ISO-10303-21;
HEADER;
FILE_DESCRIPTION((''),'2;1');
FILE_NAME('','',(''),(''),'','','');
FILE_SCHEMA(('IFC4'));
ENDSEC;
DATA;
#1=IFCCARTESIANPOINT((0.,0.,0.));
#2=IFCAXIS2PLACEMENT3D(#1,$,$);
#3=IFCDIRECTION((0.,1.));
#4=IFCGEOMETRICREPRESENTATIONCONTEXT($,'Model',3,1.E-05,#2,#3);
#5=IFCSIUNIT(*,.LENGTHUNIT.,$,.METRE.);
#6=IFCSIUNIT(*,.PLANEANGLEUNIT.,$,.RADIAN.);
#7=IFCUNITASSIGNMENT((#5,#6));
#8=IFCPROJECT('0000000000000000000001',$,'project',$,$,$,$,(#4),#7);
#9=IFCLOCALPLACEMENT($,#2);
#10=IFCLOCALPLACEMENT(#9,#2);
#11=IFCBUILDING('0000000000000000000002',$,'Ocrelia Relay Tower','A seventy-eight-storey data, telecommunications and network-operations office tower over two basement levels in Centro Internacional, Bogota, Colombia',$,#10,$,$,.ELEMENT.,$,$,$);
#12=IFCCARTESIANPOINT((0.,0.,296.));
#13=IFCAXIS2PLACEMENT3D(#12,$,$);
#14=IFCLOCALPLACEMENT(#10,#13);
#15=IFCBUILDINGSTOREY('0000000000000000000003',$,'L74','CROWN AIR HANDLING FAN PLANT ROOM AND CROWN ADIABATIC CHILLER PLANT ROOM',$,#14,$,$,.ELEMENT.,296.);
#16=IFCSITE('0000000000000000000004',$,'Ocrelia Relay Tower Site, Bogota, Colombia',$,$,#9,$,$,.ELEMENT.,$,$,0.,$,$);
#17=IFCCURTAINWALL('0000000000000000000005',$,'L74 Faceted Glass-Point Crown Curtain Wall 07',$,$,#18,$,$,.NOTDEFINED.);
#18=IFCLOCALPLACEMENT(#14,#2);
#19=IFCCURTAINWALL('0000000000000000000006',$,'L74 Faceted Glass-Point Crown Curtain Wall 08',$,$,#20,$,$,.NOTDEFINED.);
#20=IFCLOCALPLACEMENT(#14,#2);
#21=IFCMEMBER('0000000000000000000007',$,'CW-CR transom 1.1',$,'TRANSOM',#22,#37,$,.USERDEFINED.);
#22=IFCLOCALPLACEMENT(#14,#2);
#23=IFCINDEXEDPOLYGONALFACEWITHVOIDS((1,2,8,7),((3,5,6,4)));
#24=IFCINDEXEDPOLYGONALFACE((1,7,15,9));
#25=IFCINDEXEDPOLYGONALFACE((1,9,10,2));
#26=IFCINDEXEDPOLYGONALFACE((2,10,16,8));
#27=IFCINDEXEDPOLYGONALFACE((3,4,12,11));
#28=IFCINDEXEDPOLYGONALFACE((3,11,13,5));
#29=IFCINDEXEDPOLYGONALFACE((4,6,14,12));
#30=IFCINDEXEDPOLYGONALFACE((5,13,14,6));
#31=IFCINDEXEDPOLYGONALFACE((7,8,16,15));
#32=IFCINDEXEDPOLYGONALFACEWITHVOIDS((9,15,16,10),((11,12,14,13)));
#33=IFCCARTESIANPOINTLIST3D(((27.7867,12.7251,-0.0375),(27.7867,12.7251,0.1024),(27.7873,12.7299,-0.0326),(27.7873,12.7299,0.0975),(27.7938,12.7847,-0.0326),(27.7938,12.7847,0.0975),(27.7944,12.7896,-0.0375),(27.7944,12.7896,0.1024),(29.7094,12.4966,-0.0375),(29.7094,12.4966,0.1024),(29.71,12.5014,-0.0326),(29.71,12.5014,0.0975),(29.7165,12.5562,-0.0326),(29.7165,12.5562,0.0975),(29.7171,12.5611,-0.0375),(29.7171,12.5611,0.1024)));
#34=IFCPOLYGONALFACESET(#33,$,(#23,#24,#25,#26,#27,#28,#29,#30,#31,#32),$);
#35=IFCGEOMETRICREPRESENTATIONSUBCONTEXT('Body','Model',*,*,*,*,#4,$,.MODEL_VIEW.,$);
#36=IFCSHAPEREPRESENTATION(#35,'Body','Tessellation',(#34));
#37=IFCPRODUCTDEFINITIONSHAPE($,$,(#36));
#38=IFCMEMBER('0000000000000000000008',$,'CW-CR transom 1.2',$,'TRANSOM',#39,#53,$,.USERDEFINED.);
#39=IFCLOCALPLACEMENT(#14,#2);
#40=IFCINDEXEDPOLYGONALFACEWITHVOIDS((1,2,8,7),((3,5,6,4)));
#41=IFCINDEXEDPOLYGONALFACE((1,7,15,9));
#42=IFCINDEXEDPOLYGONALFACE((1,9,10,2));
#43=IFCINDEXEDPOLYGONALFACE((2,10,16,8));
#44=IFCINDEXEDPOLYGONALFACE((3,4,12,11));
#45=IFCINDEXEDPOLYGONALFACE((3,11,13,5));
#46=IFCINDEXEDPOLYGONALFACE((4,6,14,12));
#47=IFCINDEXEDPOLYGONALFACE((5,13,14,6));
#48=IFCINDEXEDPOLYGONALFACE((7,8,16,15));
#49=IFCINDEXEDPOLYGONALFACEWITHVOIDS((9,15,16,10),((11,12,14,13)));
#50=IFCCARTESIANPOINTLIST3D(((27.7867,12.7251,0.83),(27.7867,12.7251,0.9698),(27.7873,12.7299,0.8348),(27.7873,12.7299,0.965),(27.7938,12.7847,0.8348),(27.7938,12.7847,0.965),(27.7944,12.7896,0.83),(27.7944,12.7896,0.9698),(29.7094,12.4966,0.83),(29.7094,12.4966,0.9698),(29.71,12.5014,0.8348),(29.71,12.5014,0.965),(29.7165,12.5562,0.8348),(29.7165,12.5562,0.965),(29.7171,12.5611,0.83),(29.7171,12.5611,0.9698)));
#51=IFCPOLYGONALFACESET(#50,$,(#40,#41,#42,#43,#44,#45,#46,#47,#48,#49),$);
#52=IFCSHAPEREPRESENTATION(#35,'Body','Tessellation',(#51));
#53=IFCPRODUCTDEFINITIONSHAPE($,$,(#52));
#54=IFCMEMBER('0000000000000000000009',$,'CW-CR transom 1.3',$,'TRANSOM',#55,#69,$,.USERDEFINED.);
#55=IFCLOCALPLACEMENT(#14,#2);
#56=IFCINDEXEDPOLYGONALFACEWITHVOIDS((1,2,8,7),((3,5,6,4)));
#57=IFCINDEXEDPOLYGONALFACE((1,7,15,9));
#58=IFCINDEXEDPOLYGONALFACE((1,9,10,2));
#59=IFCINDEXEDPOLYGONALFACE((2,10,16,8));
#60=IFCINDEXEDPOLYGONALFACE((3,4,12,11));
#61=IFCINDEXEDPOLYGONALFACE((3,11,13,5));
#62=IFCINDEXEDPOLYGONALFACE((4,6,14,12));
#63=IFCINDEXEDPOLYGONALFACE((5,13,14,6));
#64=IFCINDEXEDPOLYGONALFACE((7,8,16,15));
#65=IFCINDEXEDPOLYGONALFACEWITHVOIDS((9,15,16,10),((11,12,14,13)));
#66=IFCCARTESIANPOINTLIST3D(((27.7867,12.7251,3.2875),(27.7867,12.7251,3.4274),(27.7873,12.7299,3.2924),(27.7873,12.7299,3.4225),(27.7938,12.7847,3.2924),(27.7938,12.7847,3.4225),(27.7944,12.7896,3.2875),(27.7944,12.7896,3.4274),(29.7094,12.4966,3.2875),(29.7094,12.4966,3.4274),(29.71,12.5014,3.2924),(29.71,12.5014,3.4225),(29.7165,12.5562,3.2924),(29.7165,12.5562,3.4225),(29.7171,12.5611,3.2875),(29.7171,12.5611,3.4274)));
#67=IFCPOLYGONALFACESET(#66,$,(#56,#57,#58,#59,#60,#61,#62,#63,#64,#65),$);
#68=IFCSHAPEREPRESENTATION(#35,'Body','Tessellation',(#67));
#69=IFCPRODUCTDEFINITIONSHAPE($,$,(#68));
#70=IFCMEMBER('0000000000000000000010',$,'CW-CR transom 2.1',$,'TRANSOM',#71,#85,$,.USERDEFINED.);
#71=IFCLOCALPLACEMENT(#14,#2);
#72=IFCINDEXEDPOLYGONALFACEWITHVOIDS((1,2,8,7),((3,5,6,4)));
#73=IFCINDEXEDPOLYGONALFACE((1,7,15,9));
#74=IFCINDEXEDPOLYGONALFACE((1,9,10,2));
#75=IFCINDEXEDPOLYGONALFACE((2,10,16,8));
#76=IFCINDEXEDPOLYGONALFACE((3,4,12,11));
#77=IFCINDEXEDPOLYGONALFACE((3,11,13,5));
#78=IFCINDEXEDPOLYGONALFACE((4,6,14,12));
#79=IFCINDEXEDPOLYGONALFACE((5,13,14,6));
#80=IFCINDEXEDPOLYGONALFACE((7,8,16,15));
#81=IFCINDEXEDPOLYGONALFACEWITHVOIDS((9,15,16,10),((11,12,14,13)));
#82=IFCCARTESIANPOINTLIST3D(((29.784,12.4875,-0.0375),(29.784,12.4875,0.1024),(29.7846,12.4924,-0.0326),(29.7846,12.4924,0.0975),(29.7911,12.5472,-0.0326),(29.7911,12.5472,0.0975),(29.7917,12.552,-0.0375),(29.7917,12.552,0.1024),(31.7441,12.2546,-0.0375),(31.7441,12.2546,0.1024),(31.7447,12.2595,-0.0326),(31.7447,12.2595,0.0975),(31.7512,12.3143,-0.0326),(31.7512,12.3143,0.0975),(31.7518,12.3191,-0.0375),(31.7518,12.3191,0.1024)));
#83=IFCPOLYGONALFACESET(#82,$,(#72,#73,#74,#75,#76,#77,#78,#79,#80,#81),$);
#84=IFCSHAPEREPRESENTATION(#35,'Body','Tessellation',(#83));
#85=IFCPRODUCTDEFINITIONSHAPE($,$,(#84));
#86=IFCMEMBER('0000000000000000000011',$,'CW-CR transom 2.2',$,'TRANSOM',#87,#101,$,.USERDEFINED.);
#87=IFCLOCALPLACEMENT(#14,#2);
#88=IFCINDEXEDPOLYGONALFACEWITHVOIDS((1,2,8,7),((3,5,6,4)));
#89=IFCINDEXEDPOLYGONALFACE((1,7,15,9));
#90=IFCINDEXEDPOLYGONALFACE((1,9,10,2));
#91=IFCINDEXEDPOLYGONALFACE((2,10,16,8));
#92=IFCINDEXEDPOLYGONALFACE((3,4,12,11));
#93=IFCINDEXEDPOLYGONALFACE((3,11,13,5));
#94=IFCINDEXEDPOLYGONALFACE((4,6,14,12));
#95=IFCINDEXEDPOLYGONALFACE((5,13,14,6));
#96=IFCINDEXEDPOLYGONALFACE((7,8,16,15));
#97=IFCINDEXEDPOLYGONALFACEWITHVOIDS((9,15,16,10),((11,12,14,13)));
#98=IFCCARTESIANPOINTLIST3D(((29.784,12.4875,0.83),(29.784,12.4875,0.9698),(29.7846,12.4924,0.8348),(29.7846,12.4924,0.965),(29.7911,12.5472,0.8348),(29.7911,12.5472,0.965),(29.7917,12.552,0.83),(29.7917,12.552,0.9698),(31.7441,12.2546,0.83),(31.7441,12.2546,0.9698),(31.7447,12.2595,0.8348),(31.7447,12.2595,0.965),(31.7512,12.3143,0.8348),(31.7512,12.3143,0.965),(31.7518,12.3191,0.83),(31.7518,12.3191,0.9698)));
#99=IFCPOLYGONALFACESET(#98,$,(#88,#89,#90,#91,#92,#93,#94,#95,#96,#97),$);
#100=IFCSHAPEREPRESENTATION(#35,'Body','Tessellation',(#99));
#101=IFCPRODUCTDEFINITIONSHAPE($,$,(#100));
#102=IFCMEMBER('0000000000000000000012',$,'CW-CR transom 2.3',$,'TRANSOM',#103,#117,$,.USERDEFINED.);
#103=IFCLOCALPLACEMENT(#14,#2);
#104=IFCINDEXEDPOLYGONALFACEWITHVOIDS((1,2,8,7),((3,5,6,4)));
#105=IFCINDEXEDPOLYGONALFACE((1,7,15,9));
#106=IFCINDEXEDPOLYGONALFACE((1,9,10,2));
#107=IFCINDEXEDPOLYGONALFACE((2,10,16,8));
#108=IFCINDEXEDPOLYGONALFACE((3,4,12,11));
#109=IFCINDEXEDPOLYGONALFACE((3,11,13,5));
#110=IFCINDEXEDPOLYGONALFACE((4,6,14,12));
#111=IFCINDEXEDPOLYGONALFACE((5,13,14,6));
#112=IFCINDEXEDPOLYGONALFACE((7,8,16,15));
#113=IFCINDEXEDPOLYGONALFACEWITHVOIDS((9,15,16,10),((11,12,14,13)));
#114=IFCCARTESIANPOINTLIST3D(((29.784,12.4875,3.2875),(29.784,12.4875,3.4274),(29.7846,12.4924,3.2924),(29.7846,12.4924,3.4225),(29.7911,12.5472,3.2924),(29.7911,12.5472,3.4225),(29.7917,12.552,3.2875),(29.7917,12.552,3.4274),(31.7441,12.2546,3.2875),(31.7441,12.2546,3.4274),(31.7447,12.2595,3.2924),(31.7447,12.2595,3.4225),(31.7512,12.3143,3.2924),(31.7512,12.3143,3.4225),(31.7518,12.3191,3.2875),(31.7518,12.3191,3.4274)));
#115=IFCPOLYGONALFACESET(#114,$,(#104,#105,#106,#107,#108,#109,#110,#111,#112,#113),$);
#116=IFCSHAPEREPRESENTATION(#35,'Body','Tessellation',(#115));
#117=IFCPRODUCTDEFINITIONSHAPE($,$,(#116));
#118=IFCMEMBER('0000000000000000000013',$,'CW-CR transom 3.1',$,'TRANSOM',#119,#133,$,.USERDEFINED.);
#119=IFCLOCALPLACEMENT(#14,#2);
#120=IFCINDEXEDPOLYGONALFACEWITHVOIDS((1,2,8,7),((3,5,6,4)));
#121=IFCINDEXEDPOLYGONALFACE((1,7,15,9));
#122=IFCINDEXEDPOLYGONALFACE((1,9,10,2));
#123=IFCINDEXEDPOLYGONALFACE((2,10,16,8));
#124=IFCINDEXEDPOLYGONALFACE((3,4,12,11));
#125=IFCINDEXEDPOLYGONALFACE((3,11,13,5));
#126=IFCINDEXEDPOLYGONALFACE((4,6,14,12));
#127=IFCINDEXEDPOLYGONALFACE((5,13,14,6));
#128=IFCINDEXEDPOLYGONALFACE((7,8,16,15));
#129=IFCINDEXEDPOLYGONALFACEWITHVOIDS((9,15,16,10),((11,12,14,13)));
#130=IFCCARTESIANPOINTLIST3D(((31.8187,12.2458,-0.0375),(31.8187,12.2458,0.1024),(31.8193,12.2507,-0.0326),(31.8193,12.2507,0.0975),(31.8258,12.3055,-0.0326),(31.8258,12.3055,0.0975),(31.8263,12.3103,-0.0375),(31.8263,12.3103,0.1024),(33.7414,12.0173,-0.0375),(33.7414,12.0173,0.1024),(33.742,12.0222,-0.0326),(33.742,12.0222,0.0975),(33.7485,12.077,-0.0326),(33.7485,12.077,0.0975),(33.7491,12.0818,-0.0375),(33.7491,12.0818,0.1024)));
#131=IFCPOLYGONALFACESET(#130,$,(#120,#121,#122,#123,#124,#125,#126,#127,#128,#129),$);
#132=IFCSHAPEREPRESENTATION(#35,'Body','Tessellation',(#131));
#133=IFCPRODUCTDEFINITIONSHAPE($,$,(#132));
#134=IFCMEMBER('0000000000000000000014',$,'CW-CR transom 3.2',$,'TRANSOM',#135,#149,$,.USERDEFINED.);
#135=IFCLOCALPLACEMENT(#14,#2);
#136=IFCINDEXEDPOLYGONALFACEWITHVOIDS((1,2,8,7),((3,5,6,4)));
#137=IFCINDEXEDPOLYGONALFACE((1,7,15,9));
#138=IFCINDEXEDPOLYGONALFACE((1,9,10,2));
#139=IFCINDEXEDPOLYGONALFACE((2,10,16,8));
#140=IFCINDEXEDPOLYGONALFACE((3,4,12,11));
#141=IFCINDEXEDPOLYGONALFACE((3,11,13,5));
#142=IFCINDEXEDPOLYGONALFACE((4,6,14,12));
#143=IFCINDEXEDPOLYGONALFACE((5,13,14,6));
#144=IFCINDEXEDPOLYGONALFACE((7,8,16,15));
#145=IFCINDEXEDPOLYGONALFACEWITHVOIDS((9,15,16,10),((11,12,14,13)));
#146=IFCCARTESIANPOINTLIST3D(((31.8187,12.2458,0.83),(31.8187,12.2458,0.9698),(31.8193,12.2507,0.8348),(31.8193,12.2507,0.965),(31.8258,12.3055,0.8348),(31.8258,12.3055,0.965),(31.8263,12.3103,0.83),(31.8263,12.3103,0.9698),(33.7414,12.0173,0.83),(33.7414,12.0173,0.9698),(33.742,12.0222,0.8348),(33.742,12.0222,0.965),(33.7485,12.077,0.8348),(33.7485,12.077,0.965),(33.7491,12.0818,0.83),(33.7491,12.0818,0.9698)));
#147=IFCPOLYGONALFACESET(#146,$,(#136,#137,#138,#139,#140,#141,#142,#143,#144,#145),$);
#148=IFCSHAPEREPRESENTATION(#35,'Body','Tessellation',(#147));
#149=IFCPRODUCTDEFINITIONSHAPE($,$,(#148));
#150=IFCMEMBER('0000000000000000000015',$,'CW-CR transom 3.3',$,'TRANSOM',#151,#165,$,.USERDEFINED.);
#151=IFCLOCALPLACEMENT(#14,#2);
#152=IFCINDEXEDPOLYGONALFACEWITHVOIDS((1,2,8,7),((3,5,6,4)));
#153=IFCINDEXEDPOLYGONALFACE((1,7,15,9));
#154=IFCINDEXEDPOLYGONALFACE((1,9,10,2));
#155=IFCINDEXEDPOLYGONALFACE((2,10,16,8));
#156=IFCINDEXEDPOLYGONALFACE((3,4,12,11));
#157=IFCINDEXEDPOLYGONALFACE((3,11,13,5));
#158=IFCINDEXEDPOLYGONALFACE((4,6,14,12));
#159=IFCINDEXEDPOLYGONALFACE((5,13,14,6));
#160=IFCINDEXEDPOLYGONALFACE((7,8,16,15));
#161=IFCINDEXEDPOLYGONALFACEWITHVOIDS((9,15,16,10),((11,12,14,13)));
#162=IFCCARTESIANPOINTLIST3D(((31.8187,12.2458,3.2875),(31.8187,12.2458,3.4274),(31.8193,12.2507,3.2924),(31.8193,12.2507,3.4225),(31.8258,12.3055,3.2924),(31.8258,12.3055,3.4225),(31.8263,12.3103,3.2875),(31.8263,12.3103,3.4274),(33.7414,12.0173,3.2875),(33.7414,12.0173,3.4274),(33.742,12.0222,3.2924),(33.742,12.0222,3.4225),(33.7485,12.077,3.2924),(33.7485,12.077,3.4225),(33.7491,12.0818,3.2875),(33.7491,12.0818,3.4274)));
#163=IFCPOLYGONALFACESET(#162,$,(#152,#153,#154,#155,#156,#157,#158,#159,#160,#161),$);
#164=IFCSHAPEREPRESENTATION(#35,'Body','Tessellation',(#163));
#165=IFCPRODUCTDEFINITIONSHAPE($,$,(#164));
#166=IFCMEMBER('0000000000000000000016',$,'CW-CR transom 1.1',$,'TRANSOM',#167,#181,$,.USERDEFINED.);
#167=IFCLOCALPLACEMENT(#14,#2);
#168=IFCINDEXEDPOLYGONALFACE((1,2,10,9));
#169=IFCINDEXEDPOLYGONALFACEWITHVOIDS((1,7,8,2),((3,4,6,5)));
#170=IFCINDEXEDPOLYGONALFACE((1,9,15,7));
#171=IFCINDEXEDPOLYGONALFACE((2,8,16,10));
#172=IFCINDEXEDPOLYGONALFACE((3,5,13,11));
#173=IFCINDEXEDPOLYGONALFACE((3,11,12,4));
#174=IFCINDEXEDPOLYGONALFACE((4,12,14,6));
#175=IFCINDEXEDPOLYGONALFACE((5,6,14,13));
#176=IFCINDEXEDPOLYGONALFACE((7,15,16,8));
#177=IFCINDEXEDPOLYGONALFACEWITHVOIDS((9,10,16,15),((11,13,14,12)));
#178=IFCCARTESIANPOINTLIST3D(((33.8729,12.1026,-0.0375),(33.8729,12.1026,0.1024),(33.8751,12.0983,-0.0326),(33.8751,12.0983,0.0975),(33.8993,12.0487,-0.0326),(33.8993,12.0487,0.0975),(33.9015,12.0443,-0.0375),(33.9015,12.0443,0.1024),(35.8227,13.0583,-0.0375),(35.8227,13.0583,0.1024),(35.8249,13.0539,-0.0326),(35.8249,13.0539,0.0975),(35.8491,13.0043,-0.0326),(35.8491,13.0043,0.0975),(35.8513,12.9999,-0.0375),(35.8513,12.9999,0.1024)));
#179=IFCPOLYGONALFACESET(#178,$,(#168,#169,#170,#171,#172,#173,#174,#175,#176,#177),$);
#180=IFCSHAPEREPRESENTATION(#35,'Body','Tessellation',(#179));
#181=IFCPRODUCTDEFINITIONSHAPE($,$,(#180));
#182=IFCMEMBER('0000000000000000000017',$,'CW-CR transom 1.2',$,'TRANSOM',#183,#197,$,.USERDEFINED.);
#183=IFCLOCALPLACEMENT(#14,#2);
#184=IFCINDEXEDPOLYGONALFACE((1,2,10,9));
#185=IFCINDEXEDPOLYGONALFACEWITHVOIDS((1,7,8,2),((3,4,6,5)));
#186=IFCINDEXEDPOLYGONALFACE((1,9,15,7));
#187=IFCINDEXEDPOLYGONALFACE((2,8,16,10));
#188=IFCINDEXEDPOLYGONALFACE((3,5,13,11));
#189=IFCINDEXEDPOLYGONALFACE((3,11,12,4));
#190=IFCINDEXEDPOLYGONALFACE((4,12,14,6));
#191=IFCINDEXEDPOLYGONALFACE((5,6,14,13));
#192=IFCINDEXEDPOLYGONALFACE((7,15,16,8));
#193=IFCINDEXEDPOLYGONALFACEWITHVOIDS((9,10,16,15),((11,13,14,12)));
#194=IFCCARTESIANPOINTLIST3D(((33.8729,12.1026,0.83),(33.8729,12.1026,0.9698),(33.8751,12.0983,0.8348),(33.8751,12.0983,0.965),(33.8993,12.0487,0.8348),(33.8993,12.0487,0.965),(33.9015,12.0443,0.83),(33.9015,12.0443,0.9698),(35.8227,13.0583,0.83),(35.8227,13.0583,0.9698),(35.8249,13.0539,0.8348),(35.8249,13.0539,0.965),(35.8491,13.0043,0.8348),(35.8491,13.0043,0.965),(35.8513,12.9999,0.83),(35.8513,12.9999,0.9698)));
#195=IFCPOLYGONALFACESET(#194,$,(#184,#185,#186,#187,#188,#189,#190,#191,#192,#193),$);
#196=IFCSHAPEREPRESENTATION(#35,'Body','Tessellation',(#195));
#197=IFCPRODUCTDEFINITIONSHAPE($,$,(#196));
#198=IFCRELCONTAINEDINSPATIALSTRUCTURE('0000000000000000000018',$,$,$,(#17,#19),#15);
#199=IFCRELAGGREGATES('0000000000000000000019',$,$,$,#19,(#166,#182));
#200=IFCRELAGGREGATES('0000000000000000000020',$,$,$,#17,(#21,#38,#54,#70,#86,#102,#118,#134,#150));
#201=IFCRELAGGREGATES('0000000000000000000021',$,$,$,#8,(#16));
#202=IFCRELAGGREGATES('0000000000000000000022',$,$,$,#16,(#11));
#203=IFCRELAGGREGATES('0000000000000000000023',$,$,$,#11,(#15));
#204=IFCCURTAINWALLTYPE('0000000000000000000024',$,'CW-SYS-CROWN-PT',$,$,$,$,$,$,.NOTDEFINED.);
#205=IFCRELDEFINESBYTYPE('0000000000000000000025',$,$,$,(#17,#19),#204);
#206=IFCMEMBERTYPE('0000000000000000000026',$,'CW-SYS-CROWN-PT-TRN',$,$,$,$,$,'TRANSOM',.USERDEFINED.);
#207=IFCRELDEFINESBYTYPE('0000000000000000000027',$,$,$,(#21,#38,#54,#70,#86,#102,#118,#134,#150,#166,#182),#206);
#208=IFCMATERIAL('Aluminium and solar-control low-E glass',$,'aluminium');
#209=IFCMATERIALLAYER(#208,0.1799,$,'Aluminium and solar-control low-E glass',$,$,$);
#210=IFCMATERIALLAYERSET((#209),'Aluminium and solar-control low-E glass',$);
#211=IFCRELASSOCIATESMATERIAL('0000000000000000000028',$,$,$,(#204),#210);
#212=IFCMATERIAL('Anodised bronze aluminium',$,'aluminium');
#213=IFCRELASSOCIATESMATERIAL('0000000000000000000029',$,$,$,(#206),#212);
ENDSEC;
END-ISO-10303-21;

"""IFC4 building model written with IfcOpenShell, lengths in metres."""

from ifc_helpers import new_model, si_unit, direction, frame, origin, origin_2d, place, context, subcontext, project, spatial, hollow_rectangle, extrude, material, layer, layer_set, material_profile, profile_set, type_object, element, aggregate, save


model = new_model("IFC4")

# Units and contexts
model_context = context("Model", 3, precision=1e-05, world=origin(), true_north=direction((0.0, 1.0)))
body_context = subcontext(model_context, "Body", "Model", "MODEL_VIEW")
ifc_project = project(units=[si_unit("LENGTHUNIT", "METRE"), si_unit("PLANEANGLEUNIT", "RADIAN")], contexts=[model_context])

# Site, building, storey
site_placement = place(None, origin())
site = spatial("IfcSite", under=ifc_project, at=site_placement, Name="Ocrelia Relay Tower Site, Bogota, Colombia", CompositionType="ELEMENT", RefElevation=0.0)
building_placement = place(site_placement, origin())
building = spatial("IfcBuilding", under=site, at=building_placement, Name="Ocrelia Relay Tower", Description="A seventy-eight-storey data, telecommunications and network-operations office tower over two basement levels in Centro Internacional, Bogota, Colombia", CompositionType="ELEMENT")
storey_placement = place(building_placement, frame((0.0, 0.0, 296.0)))
storey = spatial("IfcBuildingStorey", under=building, at=storey_placement, Name="L74", Description="CROWN AIR HANDLING FAN PLANT ROOM AND CROWN ADIABATIC CHILLER PLANT ROOM", CompositionType="ELEMENT", Elevation=296.0)

# Curtain wall
ifc_material_1 = material(Name="Aluminium and solar-control low-E glass", Category="aluminium")
ifc_layer_1 = layer(ifc_material_1, 0.1799, Name="Aluminium and solar-control low-E glass")
ifc_layer_set_1 = layer_set([ifc_layer_1], Name="Aluminium and solar-control low-E glass")
curtain_wall_type = type_object("IfcCurtainWallType", Name="CW-SYS-CROWN-PT", PredefinedType="NOTDEFINED", material=ifc_layer_set_1)
curtain_wall_1_placement = place(storey_placement, origin())
curtain_wall_1 = element("IfcCurtainWall", 1, at=curtain_wall_1_placement, inside=storey, type_object=curtain_wall_type, Name="L74 Faceted Glass-Point Crown Curtain Wall 07", PredefinedType="NOTDEFINED")
ifc_material_2 = material(Name="Anodised bronze aluminium", Category="aluminium")

# Curtain wall
curtain_wall_2_placement = place(storey_placement, origin())
curtain_wall_2 = element("IfcCurtainWall", 2, at=curtain_wall_2_placement, inside=storey, type_object=curtain_wall_type, Name="L74 Faceted Glass-Point Crown Curtain Wall 08", PredefinedType="NOTDEFINED")

# Members
ifc_material_profile_1 = material_profile(ifc_material_2, hollow_rectangle(XDim=0.0649, YDim=0.1399, WallThickness=0.0049, at=origin_2d()), Name="CW-TRN-140x65")
ifc_profile_set_1 = profile_set([ifc_material_profile_1], Name="Anodised bronze aluminium")
member_type_1 = type_object("IfcMemberType", Name="CW-SYS-CROWN-PT-TRN", ElementType="TRANSOM", PredefinedType="USERDEFINED", material=ifc_profile_set_1)
member_1_placement = place(storey_placement, frame((27.7905, 12.7573, 0.0325), z_axis=(0.993012, -0.118012, 0.0), x_axis=(0.118012, 0.993012, 0.0)))
member_1 = element("IfcMember", 3, at=member_1_placement, type_object=member_type_1, Name="CW-CR transom 1.1", ObjectType="TRANSOM", PredefinedType="USERDEFINED", context=body_context, shape_type="SweptSolid", body=[
    extrude(hollow_rectangle(XDim=0.0649, YDim=0.1399, WallThickness=0.0049, at=origin_2d()), origin(), (0.0, 0.0, 1.0), 1.9363),
])
member_2_placement = place(storey_placement, frame((27.7905, 12.7573, 0.8999), z_axis=(0.993012, -0.118012, 0.0), x_axis=(0.118012, 0.993012, 0.0)))
member_2 = element("IfcMember", 4, at=member_2_placement, type_object=member_type_1, Name="CW-CR transom 1.2", ObjectType="TRANSOM", PredefinedType="USERDEFINED", context=body_context, shape_type="SweptSolid", body=[
    extrude(hollow_rectangle(XDim=0.0649, YDim=0.1399, WallThickness=0.0049, at=origin_2d()), origin(), (0.0, 0.0, 1.0), 1.9363),
])
member_3_placement = place(storey_placement, frame((27.7905, 12.7573, 3.3574), z_axis=(0.993012, -0.118012, 0.0), x_axis=(0.118012, 0.993012, 0.0)))
member_3 = element("IfcMember", 5, at=member_3_placement, type_object=member_type_1, Name="CW-CR transom 1.3", ObjectType="TRANSOM", PredefinedType="USERDEFINED", context=body_context, shape_type="SweptSolid", body=[
    extrude(hollow_rectangle(XDim=0.0649, YDim=0.1399, WallThickness=0.0049, at=origin_2d()), origin(), (0.0, 0.0, 1.0), 1.9363),
])
member_4_placement = place(storey_placement, frame((29.7878, 12.5198, 0.0325), z_axis=(0.993015, -0.117989, 0.0), x_axis=(0.117989, 0.993015, 0.0)))
member_4 = element("IfcMember", 6, at=member_4_placement, type_object=member_type_1, Name="CW-CR transom 2.1", ObjectType="TRANSOM", PredefinedType="USERDEFINED", context=body_context, shape_type="SweptSolid", body=[
    extrude(hollow_rectangle(XDim=0.0649, YDim=0.1399, WallThickness=0.0049, at=origin_2d()), origin(), (0.0, 0.0, 1.0), 1.9739),
])
member_5_placement = place(storey_placement, frame((29.7878, 12.5198, 0.8999), z_axis=(0.993015, -0.117989, 0.0), x_axis=(0.117989, 0.993015, 0.0)))
member_5 = element("IfcMember", 7, at=member_5_placement, type_object=member_type_1, Name="CW-CR transom 2.2", ObjectType="TRANSOM", PredefinedType="USERDEFINED", context=body_context, shape_type="SweptSolid", body=[
    extrude(hollow_rectangle(XDim=0.0649, YDim=0.1399, WallThickness=0.0049, at=origin_2d()), origin(), (0.0, 0.0, 1.0), 1.9739),
])
member_6_placement = place(storey_placement, frame((29.7878, 12.5198, 3.3574), z_axis=(0.993015, -0.117989, 0.0), x_axis=(0.117989, 0.993015, 0.0)))
member_6 = element("IfcMember", 8, at=member_6_placement, type_object=member_type_1, Name="CW-CR transom 2.3", ObjectType="TRANSOM", PredefinedType="USERDEFINED", context=body_context, shape_type="SweptSolid", body=[
    extrude(hollow_rectangle(XDim=0.0649, YDim=0.1399, WallThickness=0.0049, at=origin_2d()), origin(), (0.0, 0.0, 1.0), 1.9739),
])
member_7_placement = place(storey_placement, frame((31.8225, 12.2781, 0.0325), z_axis=(0.993012, -0.118012, 0.0), x_axis=(0.118012, 0.993012, 0.0)))
member_7 = element("IfcMember", 9, at=member_7_placement, type_object=member_type_1, Name="CW-CR transom 3.1", ObjectType="TRANSOM", PredefinedType="USERDEFINED", context=body_context, shape_type="SweptSolid", body=[
    extrude(hollow_rectangle(XDim=0.0649, YDim=0.1399, WallThickness=0.0049, at=origin_2d()), origin(), (0.0, 0.0, 1.0), 1.9363),
])
member_8_placement = place(storey_placement, frame((31.8225, 12.2781, 0.8999), z_axis=(0.993012, -0.118012, 0.0), x_axis=(0.118012, 0.993012, 0.0)))
member_8 = element("IfcMember", 10, at=member_8_placement, type_object=member_type_1, Name="CW-CR transom 3.2", ObjectType="TRANSOM", PredefinedType="USERDEFINED", context=body_context, shape_type="SweptSolid", body=[
    extrude(hollow_rectangle(XDim=0.0649, YDim=0.1399, WallThickness=0.0049, at=origin_2d()), origin(), (0.0, 0.0, 1.0), 1.9363),
])
member_9_placement = place(storey_placement, frame((31.8225, 12.2781, 3.3574), z_axis=(0.993012, -0.118012, 0.0), x_axis=(0.118012, 0.993012, 0.0)))
member_9 = element("IfcMember", 11, at=member_9_placement, type_object=member_type_1, Name="CW-CR transom 3.3", ObjectType="TRANSOM", PredefinedType="USERDEFINED", context=body_context, shape_type="SweptSolid", body=[
    extrude(hollow_rectangle(XDim=0.0649, YDim=0.1399, WallThickness=0.0049, at=origin_2d()), origin(), (0.0, 0.0, 1.0), 1.9363),
])
member_10_placement = place(storey_placement, frame((33.8872, 12.0735, 0.0325), z_axis=(0.897952, 0.440093, 0.0), x_axis=(-0.440093, 0.897952, 0.0)))
member_10 = element("IfcMember", 12, at=member_10_placement, type_object=member_type_1, Name="CW-CR transom 1.1", ObjectType="TRANSOM", PredefinedType="USERDEFINED", context=body_context, shape_type="SweptSolid", body=[
    extrude(hollow_rectangle(XDim=0.0649, YDim=0.1399, WallThickness=0.0049, at=origin_2d()), origin(), (0.0, 0.0, 1.0), 2.1714),
])
member_11_placement = place(storey_placement, frame((33.8872, 12.0735, 0.8999), z_axis=(0.897952, 0.440093, 0.0), x_axis=(-0.440093, 0.897952, 0.0)))
member_11 = element("IfcMember", 13, at=member_11_placement, type_object=member_type_1, Name="CW-CR transom 1.2", ObjectType="TRANSOM", PredefinedType="USERDEFINED", context=body_context, shape_type="SweptSolid", body=[
    extrude(hollow_rectangle(XDim=0.0649, YDim=0.1399, WallThickness=0.0049, at=origin_2d()), origin(), (0.0, 0.0, 1.0), 2.1714),
])
aggregate(curtain_wall_2, [member_10, member_11])

aggregate(curtain_wall_1, [member_1, member_2, member_3, member_4, member_5, member_6, member_7, member_8, member_9])

save(model, "model.ifc")
